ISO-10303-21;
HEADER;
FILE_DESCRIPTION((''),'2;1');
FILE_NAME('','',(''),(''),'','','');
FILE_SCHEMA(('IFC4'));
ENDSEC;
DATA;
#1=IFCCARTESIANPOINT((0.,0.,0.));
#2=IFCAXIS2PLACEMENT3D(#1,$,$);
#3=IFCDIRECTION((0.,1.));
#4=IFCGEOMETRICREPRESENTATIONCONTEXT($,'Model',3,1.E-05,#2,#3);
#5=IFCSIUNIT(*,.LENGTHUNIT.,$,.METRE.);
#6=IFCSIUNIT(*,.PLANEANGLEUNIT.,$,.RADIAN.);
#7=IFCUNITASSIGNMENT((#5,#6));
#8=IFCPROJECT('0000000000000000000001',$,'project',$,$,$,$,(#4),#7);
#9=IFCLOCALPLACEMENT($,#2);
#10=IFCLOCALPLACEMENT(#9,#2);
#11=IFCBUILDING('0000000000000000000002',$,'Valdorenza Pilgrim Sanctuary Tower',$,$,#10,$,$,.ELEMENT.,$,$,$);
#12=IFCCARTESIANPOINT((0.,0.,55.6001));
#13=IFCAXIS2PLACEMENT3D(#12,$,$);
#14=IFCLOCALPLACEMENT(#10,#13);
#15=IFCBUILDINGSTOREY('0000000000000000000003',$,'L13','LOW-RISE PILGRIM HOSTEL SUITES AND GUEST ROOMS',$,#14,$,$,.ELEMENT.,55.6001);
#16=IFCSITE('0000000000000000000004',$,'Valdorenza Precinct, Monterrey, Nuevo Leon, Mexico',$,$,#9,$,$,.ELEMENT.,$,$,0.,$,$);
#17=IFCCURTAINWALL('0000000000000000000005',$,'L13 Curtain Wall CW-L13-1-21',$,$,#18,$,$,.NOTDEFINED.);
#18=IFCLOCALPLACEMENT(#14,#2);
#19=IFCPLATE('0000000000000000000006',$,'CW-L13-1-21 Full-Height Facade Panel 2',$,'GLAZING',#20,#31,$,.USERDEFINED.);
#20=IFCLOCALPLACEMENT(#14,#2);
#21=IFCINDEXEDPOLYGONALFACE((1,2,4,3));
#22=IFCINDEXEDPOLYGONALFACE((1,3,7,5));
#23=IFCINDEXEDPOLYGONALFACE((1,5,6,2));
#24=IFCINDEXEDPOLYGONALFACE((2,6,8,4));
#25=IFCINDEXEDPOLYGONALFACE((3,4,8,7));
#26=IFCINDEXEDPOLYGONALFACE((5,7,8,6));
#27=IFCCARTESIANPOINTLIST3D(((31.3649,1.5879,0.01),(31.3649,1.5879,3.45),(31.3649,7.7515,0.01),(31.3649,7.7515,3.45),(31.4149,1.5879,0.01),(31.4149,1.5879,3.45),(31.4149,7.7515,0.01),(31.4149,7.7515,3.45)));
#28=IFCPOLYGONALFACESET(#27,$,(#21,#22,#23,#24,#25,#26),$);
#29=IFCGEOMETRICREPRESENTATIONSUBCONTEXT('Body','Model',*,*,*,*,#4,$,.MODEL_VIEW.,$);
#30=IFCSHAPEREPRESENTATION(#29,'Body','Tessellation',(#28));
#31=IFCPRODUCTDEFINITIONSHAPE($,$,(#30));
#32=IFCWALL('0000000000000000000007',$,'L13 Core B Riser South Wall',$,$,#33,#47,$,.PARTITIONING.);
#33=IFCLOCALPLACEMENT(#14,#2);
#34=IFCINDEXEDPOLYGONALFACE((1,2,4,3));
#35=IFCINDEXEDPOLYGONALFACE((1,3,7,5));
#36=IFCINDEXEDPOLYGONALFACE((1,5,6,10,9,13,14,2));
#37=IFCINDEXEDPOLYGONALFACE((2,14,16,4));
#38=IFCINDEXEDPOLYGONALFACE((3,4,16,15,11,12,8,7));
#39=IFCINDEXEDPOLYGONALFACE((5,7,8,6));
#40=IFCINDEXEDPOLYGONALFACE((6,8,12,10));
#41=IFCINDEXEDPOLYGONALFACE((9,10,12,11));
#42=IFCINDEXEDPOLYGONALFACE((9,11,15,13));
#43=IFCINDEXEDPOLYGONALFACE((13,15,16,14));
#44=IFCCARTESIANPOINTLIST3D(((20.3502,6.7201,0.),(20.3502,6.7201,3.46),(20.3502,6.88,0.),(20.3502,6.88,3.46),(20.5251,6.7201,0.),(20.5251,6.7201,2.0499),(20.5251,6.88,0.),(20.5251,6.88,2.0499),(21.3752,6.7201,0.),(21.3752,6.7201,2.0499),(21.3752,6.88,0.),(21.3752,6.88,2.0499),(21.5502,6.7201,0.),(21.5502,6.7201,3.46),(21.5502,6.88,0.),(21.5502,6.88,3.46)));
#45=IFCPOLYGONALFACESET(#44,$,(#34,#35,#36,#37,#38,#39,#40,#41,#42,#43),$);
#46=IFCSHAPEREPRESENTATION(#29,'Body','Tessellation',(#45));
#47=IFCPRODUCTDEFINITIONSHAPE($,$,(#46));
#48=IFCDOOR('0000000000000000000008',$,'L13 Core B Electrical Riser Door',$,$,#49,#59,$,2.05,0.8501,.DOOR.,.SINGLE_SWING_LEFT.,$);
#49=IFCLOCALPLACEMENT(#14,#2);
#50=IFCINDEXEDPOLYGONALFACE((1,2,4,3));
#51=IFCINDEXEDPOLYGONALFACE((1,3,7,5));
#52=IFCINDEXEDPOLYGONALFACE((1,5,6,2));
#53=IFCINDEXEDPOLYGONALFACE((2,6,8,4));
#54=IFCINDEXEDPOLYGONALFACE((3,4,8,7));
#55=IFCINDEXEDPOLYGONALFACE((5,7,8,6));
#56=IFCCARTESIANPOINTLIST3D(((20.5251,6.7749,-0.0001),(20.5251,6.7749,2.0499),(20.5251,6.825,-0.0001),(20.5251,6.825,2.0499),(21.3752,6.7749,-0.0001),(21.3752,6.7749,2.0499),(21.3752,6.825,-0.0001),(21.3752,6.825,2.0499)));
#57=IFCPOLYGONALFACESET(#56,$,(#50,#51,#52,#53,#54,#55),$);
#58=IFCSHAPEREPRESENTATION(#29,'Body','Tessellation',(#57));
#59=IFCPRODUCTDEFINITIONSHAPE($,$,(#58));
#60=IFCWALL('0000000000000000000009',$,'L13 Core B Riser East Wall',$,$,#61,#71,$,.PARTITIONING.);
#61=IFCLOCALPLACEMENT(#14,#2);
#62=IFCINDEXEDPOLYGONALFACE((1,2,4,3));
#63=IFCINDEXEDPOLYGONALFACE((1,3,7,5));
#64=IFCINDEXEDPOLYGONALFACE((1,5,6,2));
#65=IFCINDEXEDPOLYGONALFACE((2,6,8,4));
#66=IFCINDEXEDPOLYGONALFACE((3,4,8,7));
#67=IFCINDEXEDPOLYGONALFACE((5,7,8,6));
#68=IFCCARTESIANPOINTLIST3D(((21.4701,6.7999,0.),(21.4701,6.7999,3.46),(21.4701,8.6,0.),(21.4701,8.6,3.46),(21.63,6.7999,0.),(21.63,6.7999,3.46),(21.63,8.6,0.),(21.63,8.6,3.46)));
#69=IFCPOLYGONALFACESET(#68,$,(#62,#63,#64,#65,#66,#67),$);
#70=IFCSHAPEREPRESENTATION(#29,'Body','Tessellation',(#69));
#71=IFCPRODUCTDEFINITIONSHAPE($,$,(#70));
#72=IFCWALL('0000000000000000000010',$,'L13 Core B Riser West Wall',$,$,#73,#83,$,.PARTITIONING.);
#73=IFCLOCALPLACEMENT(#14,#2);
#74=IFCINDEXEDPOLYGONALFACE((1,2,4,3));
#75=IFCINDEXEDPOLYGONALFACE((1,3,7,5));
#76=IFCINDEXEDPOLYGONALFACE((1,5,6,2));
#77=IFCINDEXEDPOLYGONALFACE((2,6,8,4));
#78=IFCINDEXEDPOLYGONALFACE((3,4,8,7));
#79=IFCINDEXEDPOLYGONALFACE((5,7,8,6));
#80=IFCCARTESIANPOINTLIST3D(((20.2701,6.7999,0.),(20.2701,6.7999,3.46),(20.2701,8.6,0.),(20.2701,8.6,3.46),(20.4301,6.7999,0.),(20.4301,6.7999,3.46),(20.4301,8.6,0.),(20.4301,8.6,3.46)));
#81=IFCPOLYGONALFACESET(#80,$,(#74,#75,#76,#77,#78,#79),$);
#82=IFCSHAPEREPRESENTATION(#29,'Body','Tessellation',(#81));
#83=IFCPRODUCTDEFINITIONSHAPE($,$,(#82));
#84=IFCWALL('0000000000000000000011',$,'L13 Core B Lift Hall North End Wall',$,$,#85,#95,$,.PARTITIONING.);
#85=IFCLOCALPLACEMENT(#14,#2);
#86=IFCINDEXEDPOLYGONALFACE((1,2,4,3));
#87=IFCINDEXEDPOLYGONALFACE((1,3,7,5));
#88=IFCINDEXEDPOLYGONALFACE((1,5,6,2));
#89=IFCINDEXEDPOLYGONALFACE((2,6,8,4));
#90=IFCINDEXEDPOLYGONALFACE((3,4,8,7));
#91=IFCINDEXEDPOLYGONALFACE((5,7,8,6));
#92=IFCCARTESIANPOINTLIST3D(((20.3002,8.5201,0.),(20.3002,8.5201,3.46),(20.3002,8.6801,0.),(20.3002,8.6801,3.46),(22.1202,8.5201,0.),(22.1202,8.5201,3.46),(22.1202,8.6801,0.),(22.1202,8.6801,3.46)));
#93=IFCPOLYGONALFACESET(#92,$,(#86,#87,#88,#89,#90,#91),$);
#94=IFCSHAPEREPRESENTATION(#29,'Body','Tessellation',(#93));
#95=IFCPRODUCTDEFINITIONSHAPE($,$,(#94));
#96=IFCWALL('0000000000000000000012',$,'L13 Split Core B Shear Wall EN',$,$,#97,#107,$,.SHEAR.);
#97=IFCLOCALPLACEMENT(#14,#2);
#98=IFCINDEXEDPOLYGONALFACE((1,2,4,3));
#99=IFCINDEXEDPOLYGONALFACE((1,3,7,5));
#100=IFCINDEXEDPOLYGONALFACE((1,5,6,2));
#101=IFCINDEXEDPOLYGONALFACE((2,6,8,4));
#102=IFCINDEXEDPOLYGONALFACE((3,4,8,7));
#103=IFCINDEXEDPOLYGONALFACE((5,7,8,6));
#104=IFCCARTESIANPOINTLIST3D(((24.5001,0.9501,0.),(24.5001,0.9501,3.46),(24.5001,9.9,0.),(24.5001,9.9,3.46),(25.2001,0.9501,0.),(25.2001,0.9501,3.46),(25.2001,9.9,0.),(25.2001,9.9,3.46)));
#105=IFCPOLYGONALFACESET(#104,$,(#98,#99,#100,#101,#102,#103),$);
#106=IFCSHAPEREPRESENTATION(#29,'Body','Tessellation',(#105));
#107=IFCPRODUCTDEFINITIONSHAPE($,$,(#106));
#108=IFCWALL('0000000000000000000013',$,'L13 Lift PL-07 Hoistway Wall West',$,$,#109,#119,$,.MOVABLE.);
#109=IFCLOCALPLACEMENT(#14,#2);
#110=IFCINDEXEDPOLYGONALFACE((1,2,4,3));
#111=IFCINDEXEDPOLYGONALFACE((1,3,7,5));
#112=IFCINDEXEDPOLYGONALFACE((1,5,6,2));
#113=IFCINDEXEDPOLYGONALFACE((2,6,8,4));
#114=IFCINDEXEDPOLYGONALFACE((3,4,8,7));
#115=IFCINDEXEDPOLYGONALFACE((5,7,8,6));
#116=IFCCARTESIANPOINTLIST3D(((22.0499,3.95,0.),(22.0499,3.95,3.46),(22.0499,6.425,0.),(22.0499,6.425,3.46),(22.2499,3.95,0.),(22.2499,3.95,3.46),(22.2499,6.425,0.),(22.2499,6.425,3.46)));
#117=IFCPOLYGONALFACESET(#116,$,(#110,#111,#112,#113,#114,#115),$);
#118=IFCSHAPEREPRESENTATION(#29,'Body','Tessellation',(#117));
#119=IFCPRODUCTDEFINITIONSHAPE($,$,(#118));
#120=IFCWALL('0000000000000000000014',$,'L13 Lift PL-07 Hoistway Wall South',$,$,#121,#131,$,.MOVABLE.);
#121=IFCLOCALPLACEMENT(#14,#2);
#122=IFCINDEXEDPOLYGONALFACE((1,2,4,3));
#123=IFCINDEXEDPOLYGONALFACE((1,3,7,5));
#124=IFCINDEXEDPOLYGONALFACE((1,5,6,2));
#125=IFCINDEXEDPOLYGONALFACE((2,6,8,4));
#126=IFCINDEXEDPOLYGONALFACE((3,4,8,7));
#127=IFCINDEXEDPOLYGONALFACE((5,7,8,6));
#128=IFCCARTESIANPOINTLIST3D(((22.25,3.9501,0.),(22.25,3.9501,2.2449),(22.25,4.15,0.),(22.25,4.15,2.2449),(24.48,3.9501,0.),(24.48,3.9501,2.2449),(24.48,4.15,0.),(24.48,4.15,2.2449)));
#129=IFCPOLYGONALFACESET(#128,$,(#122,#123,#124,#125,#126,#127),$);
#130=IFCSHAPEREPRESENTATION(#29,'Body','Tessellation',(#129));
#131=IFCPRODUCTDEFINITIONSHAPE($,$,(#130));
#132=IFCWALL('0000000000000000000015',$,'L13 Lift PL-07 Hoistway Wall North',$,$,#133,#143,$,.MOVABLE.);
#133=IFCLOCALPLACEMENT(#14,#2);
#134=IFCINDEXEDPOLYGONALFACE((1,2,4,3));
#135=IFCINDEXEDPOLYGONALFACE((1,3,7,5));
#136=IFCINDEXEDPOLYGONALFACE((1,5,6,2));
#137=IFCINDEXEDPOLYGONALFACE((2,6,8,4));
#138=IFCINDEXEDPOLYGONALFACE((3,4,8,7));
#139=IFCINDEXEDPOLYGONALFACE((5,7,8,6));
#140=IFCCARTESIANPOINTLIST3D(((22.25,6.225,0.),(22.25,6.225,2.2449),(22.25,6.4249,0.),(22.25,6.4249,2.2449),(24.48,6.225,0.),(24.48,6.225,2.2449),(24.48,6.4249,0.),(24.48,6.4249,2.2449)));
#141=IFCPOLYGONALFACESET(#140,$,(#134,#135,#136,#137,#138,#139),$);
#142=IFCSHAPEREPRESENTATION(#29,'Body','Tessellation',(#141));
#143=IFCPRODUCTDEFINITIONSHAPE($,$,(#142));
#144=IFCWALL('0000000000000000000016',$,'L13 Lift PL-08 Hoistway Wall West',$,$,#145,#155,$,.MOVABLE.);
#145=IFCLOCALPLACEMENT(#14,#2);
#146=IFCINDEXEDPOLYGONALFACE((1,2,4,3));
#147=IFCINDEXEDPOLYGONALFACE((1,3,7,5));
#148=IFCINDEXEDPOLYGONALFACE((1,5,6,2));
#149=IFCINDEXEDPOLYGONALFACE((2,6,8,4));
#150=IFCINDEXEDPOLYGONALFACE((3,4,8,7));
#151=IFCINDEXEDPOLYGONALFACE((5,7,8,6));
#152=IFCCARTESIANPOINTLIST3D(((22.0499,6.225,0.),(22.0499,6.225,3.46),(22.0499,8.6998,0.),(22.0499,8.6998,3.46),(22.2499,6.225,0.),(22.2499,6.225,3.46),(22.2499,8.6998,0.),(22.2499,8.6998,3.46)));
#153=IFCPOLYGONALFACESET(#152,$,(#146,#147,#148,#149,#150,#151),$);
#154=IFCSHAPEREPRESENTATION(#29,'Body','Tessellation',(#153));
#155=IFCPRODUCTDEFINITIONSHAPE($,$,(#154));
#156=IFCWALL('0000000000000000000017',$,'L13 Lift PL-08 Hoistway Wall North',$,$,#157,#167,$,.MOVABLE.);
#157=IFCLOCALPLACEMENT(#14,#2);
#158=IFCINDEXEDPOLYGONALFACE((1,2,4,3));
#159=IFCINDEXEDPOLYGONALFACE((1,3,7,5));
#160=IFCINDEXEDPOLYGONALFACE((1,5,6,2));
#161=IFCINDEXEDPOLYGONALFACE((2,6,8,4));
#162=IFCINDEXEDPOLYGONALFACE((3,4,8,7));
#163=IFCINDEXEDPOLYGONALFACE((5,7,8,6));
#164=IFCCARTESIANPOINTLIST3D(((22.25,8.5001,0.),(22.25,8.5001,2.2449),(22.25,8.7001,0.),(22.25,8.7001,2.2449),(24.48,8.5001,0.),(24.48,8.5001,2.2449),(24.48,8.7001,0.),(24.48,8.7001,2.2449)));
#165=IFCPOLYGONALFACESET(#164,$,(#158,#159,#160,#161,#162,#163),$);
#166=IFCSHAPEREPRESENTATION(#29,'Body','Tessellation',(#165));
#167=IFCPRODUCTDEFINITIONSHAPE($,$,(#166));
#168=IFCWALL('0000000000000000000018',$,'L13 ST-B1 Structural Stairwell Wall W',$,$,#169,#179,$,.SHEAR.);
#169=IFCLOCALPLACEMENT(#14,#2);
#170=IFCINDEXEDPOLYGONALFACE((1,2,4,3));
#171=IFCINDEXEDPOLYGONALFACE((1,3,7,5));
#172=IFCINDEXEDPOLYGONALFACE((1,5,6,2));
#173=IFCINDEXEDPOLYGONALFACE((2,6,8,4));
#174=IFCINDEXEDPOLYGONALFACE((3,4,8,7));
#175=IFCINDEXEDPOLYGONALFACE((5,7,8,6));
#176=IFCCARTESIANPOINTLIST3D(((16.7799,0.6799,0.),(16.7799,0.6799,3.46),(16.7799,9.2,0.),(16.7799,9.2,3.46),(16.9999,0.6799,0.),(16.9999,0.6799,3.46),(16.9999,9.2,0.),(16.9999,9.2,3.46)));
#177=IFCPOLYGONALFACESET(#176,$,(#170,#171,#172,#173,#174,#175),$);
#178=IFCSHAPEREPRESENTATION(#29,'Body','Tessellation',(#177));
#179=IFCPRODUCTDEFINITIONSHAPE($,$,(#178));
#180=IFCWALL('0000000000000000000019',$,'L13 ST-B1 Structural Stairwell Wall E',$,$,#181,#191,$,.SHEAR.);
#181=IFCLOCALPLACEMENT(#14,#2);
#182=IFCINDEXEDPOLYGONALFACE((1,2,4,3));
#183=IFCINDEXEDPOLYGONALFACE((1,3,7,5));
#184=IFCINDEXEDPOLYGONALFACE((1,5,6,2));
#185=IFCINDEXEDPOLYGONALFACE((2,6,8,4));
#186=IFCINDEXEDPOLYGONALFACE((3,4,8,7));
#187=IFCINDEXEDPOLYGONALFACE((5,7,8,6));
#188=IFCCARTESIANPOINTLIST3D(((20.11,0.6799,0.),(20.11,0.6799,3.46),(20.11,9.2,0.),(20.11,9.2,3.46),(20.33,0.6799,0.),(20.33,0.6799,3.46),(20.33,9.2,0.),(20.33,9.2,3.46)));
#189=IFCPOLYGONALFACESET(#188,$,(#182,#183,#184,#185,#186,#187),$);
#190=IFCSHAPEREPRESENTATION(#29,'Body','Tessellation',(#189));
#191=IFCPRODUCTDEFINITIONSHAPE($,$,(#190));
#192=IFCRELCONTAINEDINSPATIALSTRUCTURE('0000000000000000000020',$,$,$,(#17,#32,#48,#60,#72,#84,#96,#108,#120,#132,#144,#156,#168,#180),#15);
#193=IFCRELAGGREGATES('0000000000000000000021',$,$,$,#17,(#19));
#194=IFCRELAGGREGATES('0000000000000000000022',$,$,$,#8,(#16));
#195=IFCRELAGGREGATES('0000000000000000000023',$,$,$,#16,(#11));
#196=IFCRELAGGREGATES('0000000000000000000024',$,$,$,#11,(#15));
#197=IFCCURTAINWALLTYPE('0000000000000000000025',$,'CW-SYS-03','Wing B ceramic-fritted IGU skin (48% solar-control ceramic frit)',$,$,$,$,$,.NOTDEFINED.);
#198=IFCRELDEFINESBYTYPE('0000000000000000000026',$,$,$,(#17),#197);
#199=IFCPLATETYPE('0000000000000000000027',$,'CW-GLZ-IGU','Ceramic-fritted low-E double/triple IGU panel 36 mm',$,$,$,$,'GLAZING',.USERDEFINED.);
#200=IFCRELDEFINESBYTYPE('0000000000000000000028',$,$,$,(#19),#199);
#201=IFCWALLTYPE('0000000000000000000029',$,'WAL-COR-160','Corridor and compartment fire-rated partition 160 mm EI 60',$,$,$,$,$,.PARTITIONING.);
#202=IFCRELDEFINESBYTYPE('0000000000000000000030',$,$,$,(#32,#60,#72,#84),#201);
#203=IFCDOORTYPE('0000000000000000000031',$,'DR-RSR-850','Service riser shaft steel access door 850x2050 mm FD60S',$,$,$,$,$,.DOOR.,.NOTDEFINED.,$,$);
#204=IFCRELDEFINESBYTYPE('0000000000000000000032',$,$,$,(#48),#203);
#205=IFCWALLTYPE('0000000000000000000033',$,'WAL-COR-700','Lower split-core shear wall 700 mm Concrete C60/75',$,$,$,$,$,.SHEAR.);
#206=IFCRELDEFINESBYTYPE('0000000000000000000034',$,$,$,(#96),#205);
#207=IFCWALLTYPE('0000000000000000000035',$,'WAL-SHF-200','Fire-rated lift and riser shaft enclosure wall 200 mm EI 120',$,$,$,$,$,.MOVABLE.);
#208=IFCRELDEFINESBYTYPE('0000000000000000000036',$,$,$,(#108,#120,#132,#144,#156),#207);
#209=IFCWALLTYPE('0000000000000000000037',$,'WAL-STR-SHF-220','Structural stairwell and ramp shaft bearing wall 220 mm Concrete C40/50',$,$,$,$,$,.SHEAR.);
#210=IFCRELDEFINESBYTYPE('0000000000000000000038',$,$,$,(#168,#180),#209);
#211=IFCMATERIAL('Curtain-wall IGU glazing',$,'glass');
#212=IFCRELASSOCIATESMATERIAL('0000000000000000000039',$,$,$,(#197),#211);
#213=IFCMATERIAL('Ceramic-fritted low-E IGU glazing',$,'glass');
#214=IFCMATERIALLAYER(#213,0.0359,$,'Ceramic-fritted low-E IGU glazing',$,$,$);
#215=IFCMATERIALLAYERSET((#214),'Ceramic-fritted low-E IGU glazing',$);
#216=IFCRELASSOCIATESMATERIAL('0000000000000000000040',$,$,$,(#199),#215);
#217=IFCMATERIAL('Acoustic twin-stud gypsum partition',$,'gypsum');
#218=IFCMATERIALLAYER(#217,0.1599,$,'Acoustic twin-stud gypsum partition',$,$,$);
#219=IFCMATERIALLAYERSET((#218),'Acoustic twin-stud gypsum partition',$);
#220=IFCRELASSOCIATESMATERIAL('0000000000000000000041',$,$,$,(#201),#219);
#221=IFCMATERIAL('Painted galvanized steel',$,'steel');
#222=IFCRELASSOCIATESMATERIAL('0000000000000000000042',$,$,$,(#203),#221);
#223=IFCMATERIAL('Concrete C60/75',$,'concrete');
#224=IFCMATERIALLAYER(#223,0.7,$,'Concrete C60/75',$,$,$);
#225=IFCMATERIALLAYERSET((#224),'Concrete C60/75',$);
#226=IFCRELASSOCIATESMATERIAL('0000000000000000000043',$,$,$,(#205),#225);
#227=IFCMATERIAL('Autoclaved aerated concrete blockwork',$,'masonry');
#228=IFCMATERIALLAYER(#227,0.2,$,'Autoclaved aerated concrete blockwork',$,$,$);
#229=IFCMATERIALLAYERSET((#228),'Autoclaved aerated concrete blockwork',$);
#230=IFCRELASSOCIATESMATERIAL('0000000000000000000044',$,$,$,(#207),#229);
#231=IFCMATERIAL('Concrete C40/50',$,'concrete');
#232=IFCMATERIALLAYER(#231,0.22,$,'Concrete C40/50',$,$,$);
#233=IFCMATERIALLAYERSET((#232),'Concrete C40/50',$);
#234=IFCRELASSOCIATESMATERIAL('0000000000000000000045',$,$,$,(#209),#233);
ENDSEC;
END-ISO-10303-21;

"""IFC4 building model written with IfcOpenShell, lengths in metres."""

from ifc_helpers import new_model, si_unit, direction, frame, frame_2d, origin, origin_2d, place, context, subcontext, project, spatial, rectangle, extrude, source, transform, mapped, material, layer, layer_set, type_object, element, fill, aggregate, save


model = new_model("IFC4")

# Units and contexts
model_context = context("Model", 3, precision=1e-05, world=origin(), true_north=direction((0.0, 1.0)))
body_context = subcontext(model_context, "Body", "Model", "MODEL_VIEW")
ifc_project = project(units=[si_unit("LENGTHUNIT", "METRE"), si_unit("PLANEANGLEUNIT", "RADIAN")], contexts=[model_context])

# Site, building, storey
site_placement = place(None, origin())
site = spatial("IfcSite", under=ifc_project, at=site_placement, Name="Valdorenza Precinct, Monterrey, Nuevo Leon, Mexico", CompositionType="ELEMENT", RefElevation=0.0)
building_placement = place(site_placement, origin())
building = spatial("IfcBuilding", under=site, at=building_placement, Name="Valdorenza Pilgrim Sanctuary Tower", CompositionType="ELEMENT")
storey_placement = place(building_placement, frame((0.0, 0.0, 55.6001)))
storey = spatial("IfcBuildingStorey", under=building, at=storey_placement, Name="L13", Description="LOW-RISE PILGRIM HOSTEL SUITES AND GUEST ROOMS", CompositionType="ELEMENT", Elevation=55.6001)

# Curtain wall, plate
ifc_material_1 = material(Name="Curtain-wall IGU glazing", Category="glass")
curtain_wall_type = type_object("IfcCurtainWallType", Name="CW-SYS-03", Description="Wing B ceramic-fritted IGU skin (48% solar-control ceramic frit)", PredefinedType="NOTDEFINED", material=ifc_material_1)
curtain_wall_placement = place(storey_placement, origin())
curtain_wall = element("IfcCurtainWall", 1, at=curtain_wall_placement, inside=storey, type_object=curtain_wall_type, Name="L13 Curtain Wall CW-L13-1-21", PredefinedType="NOTDEFINED")
ifc_material_2 = material(Name="Ceramic-fritted low-E IGU glazing", Category="glass")
ifc_layer_1 = layer(ifc_material_2, 0.0359, Name="Ceramic-fritted low-E IGU glazing")
ifc_layer_set_1 = layer_set([ifc_layer_1], Name="Ceramic-fritted low-E IGU glazing")
plate_type = type_object("IfcPlateType", Name="CW-GLZ-IGU", Description="Ceramic-fritted low-E double/triple IGU panel 36 mm", ElementType="GLAZING", PredefinedType="USERDEFINED", material=ifc_layer_set_1)
shared_shape_1 = source(origin(), body_context, "Body", "SweptSolid", [
    extrude(rectangle(XDim=6.1636, YDim=0.05, at=origin_2d()), origin(), (0.0, 0.0, 1.0), 3.4399),
])
plate_placement = place(storey_placement, frame((31.3899, 4.6697, 0.01), z_axis=(0.0, 0.0, 1.0), x_axis=(0.0, -1.0, 0.0)))
plate = element("IfcPlate", 2, at=plate_placement, type_object=plate_type, Name="CW-L13-1-21 Full-Height Facade Panel 2", ObjectType="GLAZING", PredefinedType="USERDEFINED", context=body_context, shape_type="MappedRepresentation", body=[
    mapped(shared_shape_1, transform((0.0, 0.0, 0.0), x_axis=(1.0, 0.0, 0.0), y_axis=(0.0, 1.0, 0.0), z_axis=(0.0, 0.0, 1.0), scale=1.0)),
])
aggregate(curtain_wall, [plate])

# Wall, opening, door
ifc_material_3 = material(Name="Acoustic twin-stud gypsum partition", Category="gypsum")
ifc_layer_2 = layer(ifc_material_3, 0.1599, Name="Acoustic twin-stud gypsum partition")
ifc_layer_set_2 = layer_set([ifc_layer_2], Name="Acoustic twin-stud gypsum partition")
wall_type_1 = type_object("IfcWallType", Name="WAL-COR-160", Description="Corridor and compartment fire-rated partition 160 mm EI 60", PredefinedType="PARTITIONING", material=ifc_layer_set_2)
wall_1_placement = place(storey_placement, frame((20.3501, 6.8, 0.0), z_axis=(0.0, 0.0, 1.0), x_axis=(1.0, 0.0, 0.0)))
wall_1 = element("IfcWall", 3, at=wall_1_placement, inside=storey, type_object=wall_type_1, Name="L13 Core B Riser South Wall", PredefinedType="PARTITIONING", context=body_context, shape_type="SweptSolid", body=[
    extrude(rectangle(XDim=1.2, YDim=0.1599, at=frame_2d((0.6001, 0.0))), origin(), (0.0, 0.0, 1.0), 3.46),
])
opening_1_placement = place(wall_1_placement, frame((0.175, 0.0, 0.0)))
opening_1 = element("IfcOpeningElement", 4, at=opening_1_placement, cuts=wall_1, PredefinedType="OPENING", context=body_context, shape_type="SweptSolid", body=[
    extrude(rectangle(XDim=0.8501, YDim=2.05, at=frame_2d((0.425, 1.0249))), frame((0.0, 0.0947, 0.0), z_axis=(0.0, -1.0, 0.0), x_axis=(1.0, 0.0, 0.0)), (0.0, 0.0, 1.0), 0.1897),
])
ifc_material_4 = material(Name="Painted galvanized steel", Category="steel")
door_type_1 = type_object("IfcDoorType", Name="DR-RSR-850", Description="Service riser shaft steel access door 850x2050 mm FD60S", OperationType="NOTDEFINED", PredefinedType="DOOR", material=ifc_material_4)
door_1_placement = place(opening_1_placement, origin())
door_1 = element("IfcDoor", 5, at=door_1_placement, inside=storey, type_object=door_type_1, Name="L13 Core B Electrical Riser Door", OperationType="SINGLE_SWING_LEFT", OverallHeight=2.05, OverallWidth=0.8501, PredefinedType="DOOR", context=body_context, shape_type="SweptSolid", body=[
    extrude(rectangle(XDim=0.8501, YDim=2.05, at=frame_2d((0.425, 1.0249))), frame((0.0, 0.0249, 0.0), z_axis=(0.0, -1.0, 0.0), x_axis=(1.0, 0.0, 0.0)), (0.0, 0.0, 1.0), 0.05),
])
fill(opening_1, door_1)

# Walls
for number, where, z_axis, x_axis, name in (
    (6, (21.55, 6.8, 0.0), (0.0, 0.0, 1.0), (0.0, 1.0, 0.0), "L13 Core B Riser East Wall"),
    (7, (20.3501, 6.8, 0.0), (0.0, 0.0, 1.0), (0.0, 1.0, 0.0), "L13 Core B Riser West Wall"),
):
    element("IfcWall", number, at=place(storey_placement, frame(where, z_axis=z_axis, x_axis=x_axis)), inside=storey, type_object=wall_type_1, Name=name, PredefinedType="PARTITIONING", context=body_context, shape_type="SweptSolid", body=[
        extrude(rectangle(XDim=1.8, YDim=0.1599, at=frame_2d((0.8999, 0.0))), origin(), (0.0, 0.0, 1.0), 3.46),
    ])
wall_2_placement = place(storey_placement, frame((20.3, 8.6001, 0.0), z_axis=(0.0, 0.0, 1.0), x_axis=(1.0, 0.0, 0.0)))
element("IfcWall", 8, at=wall_2_placement, inside=storey, type_object=wall_type_1, Name="L13 Core B Lift Hall North End Wall", PredefinedType="PARTITIONING", context=body_context, shape_type="SweptSolid", body=[
    extrude(rectangle(XDim=1.8201, YDim=0.1599, at=frame_2d((0.9102, 0.0))), origin(), (0.0, 0.0, 1.0), 3.46),
])
ifc_material_5 = material(Name="Concrete C60/75", Category="concrete")
ifc_layer_3 = layer(ifc_material_5, 0.7, Name="Concrete C60/75")
ifc_layer_set_3 = layer_set([ifc_layer_3], Name="Concrete C60/75")
wall_type_2 = type_object("IfcWallType", Name="WAL-COR-700", Description="Lower split-core shear wall 700 mm Concrete C60/75", PredefinedType="SHEAR", material=ifc_layer_set_3)
wall_3_placement = place(storey_placement, frame((24.8501, 0.95, 0.0), z_axis=(0.0, 0.0, 1.0), x_axis=(0.0, 1.0, 0.0)))
element("IfcWall", 9, at=wall_3_placement, inside=storey, type_object=wall_type_2, Name="L13 Split Core B Shear Wall EN", PredefinedType="SHEAR", context=body_context, shape_type="SweptSolid", body=[
    extrude(rectangle(XDim=8.95, YDim=0.7, at=frame_2d((4.4751, 0.0))), origin(), (0.0, 0.0, 1.0), 3.46),
])
ifc_material_6 = material(Name="Autoclaved aerated concrete blockwork", Category="masonry")
ifc_layer_4 = layer(ifc_material_6, 0.2, Name="Autoclaved aerated concrete blockwork")
ifc_layer_set_4 = layer_set([ifc_layer_4], Name="Autoclaved aerated concrete blockwork")
wall_type_3 = type_object("IfcWallType", Name="WAL-SHF-200", Description="Fire-rated lift and riser shaft enclosure wall 200 mm EI 120", PredefinedType="MOVABLE", material=ifc_layer_set_4)
wall_4_placement = place(storey_placement, frame((22.1499, 3.95, 0.0), z_axis=(0.0, 0.0, 1.0), x_axis=(0.0, 1.0, 0.0)))
element("IfcWall", 10, at=wall_4_placement, inside=storey, type_object=wall_type_3, Name="L13 Lift PL-07 Hoistway Wall West", PredefinedType="MOVABLE", context=body_context, shape_type="SweptSolid", body=[
    extrude(rectangle(XDim=2.4751, YDim=0.2, at=frame_2d((1.2375, 0.0))), origin(), (0.0, 0.0, 1.0), 3.46),
])
for number, where, z_axis, x_axis, name in (
    (11, (22.25, 4.05, 0.0), (0.0, 0.0, 1.0), (1.0, 0.0, 0.0), "L13 Lift PL-07 Hoistway Wall South"),
    (12, (22.25, 6.325, 0.0), (0.0, 0.0, 1.0), (1.0, 0.0, 0.0), "L13 Lift PL-07 Hoistway Wall North"),
):
    element("IfcWall", number, at=place(storey_placement, frame(where, z_axis=z_axis, x_axis=x_axis)), inside=storey, type_object=wall_type_3, Name=name, PredefinedType="MOVABLE", context=body_context, shape_type="SweptSolid", body=[
        extrude(rectangle(XDim=2.23, YDim=0.2, at=frame_2d((1.115, 0.0))), origin(), (0.0, 0.0, 1.0), 2.2449),
    ])
wall_5_placement = place(storey_placement, frame((22.1499, 6.2251, 0.0), z_axis=(0.0, 0.0, 1.0), x_axis=(0.0, 1.0, 0.0)))
element("IfcWall", 13, at=wall_5_placement, inside=storey, type_object=wall_type_3, Name="L13 Lift PL-08 Hoistway Wall West", PredefinedType="MOVABLE", context=body_context, shape_type="SweptSolid", body=[
    extrude(rectangle(XDim=2.4749, YDim=0.2, at=frame_2d((1.2373, 0.0))), origin(), (0.0, 0.0, 1.0), 3.46),
])
wall_6_placement = place(storey_placement, frame((22.25, 8.6001, 0.0), z_axis=(0.0, 0.0, 1.0), x_axis=(1.0, 0.0, 0.0)))
element("IfcWall", 14, at=wall_6_placement, inside=storey, type_object=wall_type_3, Name="L13 Lift PL-08 Hoistway Wall North", PredefinedType="MOVABLE", context=body_context, shape_type="SweptSolid", body=[
    extrude(rectangle(XDim=2.23, YDim=0.2, at=frame_2d((1.115, 0.0))), origin(), (0.0, 0.0, 1.0), 2.2449),
])
ifc_material_7 = material(Name="Concrete C40/50", Category="concrete")
ifc_layer_5 = layer(ifc_material_7, 0.22, Name="Concrete C40/50")
ifc_layer_set_5 = layer_set([ifc_layer_5], Name="Concrete C40/50")
wall_type_4 = type_object("IfcWallType", Name="WAL-STR-SHF-220", Description="Structural stairwell and ramp shaft bearing wall 220 mm Concrete C40/50", PredefinedType="SHEAR", material=ifc_layer_set_5)
for number, where, z_axis, x_axis, name in (
    (15, (16.8899, 0.6799, 0.0), (0.0, 0.0, 1.0), (0.0, 1.0, 0.0), "L13 ST-B1 Structural Stairwell Wall W"),
    (16, (20.22, 0.6799, 0.0), (0.0, 0.0, 1.0), (0.0, 1.0, 0.0), "L13 ST-B1 Structural Stairwell Wall E"),
):
    element("IfcWall", number, at=place(storey_placement, frame(where, z_axis=z_axis, x_axis=x_axis)), inside=storey, type_object=wall_type_4, Name=name, PredefinedType="SHEAR", context=body_context, shape_type="SweptSolid", body=[
        extrude(rectangle(XDim=8.52, YDim=0.22, at=frame_2d((4.26, 0.0))), origin(), (0.0, 0.0, 1.0), 3.46),
    ])

save(model, "model.ifc")
